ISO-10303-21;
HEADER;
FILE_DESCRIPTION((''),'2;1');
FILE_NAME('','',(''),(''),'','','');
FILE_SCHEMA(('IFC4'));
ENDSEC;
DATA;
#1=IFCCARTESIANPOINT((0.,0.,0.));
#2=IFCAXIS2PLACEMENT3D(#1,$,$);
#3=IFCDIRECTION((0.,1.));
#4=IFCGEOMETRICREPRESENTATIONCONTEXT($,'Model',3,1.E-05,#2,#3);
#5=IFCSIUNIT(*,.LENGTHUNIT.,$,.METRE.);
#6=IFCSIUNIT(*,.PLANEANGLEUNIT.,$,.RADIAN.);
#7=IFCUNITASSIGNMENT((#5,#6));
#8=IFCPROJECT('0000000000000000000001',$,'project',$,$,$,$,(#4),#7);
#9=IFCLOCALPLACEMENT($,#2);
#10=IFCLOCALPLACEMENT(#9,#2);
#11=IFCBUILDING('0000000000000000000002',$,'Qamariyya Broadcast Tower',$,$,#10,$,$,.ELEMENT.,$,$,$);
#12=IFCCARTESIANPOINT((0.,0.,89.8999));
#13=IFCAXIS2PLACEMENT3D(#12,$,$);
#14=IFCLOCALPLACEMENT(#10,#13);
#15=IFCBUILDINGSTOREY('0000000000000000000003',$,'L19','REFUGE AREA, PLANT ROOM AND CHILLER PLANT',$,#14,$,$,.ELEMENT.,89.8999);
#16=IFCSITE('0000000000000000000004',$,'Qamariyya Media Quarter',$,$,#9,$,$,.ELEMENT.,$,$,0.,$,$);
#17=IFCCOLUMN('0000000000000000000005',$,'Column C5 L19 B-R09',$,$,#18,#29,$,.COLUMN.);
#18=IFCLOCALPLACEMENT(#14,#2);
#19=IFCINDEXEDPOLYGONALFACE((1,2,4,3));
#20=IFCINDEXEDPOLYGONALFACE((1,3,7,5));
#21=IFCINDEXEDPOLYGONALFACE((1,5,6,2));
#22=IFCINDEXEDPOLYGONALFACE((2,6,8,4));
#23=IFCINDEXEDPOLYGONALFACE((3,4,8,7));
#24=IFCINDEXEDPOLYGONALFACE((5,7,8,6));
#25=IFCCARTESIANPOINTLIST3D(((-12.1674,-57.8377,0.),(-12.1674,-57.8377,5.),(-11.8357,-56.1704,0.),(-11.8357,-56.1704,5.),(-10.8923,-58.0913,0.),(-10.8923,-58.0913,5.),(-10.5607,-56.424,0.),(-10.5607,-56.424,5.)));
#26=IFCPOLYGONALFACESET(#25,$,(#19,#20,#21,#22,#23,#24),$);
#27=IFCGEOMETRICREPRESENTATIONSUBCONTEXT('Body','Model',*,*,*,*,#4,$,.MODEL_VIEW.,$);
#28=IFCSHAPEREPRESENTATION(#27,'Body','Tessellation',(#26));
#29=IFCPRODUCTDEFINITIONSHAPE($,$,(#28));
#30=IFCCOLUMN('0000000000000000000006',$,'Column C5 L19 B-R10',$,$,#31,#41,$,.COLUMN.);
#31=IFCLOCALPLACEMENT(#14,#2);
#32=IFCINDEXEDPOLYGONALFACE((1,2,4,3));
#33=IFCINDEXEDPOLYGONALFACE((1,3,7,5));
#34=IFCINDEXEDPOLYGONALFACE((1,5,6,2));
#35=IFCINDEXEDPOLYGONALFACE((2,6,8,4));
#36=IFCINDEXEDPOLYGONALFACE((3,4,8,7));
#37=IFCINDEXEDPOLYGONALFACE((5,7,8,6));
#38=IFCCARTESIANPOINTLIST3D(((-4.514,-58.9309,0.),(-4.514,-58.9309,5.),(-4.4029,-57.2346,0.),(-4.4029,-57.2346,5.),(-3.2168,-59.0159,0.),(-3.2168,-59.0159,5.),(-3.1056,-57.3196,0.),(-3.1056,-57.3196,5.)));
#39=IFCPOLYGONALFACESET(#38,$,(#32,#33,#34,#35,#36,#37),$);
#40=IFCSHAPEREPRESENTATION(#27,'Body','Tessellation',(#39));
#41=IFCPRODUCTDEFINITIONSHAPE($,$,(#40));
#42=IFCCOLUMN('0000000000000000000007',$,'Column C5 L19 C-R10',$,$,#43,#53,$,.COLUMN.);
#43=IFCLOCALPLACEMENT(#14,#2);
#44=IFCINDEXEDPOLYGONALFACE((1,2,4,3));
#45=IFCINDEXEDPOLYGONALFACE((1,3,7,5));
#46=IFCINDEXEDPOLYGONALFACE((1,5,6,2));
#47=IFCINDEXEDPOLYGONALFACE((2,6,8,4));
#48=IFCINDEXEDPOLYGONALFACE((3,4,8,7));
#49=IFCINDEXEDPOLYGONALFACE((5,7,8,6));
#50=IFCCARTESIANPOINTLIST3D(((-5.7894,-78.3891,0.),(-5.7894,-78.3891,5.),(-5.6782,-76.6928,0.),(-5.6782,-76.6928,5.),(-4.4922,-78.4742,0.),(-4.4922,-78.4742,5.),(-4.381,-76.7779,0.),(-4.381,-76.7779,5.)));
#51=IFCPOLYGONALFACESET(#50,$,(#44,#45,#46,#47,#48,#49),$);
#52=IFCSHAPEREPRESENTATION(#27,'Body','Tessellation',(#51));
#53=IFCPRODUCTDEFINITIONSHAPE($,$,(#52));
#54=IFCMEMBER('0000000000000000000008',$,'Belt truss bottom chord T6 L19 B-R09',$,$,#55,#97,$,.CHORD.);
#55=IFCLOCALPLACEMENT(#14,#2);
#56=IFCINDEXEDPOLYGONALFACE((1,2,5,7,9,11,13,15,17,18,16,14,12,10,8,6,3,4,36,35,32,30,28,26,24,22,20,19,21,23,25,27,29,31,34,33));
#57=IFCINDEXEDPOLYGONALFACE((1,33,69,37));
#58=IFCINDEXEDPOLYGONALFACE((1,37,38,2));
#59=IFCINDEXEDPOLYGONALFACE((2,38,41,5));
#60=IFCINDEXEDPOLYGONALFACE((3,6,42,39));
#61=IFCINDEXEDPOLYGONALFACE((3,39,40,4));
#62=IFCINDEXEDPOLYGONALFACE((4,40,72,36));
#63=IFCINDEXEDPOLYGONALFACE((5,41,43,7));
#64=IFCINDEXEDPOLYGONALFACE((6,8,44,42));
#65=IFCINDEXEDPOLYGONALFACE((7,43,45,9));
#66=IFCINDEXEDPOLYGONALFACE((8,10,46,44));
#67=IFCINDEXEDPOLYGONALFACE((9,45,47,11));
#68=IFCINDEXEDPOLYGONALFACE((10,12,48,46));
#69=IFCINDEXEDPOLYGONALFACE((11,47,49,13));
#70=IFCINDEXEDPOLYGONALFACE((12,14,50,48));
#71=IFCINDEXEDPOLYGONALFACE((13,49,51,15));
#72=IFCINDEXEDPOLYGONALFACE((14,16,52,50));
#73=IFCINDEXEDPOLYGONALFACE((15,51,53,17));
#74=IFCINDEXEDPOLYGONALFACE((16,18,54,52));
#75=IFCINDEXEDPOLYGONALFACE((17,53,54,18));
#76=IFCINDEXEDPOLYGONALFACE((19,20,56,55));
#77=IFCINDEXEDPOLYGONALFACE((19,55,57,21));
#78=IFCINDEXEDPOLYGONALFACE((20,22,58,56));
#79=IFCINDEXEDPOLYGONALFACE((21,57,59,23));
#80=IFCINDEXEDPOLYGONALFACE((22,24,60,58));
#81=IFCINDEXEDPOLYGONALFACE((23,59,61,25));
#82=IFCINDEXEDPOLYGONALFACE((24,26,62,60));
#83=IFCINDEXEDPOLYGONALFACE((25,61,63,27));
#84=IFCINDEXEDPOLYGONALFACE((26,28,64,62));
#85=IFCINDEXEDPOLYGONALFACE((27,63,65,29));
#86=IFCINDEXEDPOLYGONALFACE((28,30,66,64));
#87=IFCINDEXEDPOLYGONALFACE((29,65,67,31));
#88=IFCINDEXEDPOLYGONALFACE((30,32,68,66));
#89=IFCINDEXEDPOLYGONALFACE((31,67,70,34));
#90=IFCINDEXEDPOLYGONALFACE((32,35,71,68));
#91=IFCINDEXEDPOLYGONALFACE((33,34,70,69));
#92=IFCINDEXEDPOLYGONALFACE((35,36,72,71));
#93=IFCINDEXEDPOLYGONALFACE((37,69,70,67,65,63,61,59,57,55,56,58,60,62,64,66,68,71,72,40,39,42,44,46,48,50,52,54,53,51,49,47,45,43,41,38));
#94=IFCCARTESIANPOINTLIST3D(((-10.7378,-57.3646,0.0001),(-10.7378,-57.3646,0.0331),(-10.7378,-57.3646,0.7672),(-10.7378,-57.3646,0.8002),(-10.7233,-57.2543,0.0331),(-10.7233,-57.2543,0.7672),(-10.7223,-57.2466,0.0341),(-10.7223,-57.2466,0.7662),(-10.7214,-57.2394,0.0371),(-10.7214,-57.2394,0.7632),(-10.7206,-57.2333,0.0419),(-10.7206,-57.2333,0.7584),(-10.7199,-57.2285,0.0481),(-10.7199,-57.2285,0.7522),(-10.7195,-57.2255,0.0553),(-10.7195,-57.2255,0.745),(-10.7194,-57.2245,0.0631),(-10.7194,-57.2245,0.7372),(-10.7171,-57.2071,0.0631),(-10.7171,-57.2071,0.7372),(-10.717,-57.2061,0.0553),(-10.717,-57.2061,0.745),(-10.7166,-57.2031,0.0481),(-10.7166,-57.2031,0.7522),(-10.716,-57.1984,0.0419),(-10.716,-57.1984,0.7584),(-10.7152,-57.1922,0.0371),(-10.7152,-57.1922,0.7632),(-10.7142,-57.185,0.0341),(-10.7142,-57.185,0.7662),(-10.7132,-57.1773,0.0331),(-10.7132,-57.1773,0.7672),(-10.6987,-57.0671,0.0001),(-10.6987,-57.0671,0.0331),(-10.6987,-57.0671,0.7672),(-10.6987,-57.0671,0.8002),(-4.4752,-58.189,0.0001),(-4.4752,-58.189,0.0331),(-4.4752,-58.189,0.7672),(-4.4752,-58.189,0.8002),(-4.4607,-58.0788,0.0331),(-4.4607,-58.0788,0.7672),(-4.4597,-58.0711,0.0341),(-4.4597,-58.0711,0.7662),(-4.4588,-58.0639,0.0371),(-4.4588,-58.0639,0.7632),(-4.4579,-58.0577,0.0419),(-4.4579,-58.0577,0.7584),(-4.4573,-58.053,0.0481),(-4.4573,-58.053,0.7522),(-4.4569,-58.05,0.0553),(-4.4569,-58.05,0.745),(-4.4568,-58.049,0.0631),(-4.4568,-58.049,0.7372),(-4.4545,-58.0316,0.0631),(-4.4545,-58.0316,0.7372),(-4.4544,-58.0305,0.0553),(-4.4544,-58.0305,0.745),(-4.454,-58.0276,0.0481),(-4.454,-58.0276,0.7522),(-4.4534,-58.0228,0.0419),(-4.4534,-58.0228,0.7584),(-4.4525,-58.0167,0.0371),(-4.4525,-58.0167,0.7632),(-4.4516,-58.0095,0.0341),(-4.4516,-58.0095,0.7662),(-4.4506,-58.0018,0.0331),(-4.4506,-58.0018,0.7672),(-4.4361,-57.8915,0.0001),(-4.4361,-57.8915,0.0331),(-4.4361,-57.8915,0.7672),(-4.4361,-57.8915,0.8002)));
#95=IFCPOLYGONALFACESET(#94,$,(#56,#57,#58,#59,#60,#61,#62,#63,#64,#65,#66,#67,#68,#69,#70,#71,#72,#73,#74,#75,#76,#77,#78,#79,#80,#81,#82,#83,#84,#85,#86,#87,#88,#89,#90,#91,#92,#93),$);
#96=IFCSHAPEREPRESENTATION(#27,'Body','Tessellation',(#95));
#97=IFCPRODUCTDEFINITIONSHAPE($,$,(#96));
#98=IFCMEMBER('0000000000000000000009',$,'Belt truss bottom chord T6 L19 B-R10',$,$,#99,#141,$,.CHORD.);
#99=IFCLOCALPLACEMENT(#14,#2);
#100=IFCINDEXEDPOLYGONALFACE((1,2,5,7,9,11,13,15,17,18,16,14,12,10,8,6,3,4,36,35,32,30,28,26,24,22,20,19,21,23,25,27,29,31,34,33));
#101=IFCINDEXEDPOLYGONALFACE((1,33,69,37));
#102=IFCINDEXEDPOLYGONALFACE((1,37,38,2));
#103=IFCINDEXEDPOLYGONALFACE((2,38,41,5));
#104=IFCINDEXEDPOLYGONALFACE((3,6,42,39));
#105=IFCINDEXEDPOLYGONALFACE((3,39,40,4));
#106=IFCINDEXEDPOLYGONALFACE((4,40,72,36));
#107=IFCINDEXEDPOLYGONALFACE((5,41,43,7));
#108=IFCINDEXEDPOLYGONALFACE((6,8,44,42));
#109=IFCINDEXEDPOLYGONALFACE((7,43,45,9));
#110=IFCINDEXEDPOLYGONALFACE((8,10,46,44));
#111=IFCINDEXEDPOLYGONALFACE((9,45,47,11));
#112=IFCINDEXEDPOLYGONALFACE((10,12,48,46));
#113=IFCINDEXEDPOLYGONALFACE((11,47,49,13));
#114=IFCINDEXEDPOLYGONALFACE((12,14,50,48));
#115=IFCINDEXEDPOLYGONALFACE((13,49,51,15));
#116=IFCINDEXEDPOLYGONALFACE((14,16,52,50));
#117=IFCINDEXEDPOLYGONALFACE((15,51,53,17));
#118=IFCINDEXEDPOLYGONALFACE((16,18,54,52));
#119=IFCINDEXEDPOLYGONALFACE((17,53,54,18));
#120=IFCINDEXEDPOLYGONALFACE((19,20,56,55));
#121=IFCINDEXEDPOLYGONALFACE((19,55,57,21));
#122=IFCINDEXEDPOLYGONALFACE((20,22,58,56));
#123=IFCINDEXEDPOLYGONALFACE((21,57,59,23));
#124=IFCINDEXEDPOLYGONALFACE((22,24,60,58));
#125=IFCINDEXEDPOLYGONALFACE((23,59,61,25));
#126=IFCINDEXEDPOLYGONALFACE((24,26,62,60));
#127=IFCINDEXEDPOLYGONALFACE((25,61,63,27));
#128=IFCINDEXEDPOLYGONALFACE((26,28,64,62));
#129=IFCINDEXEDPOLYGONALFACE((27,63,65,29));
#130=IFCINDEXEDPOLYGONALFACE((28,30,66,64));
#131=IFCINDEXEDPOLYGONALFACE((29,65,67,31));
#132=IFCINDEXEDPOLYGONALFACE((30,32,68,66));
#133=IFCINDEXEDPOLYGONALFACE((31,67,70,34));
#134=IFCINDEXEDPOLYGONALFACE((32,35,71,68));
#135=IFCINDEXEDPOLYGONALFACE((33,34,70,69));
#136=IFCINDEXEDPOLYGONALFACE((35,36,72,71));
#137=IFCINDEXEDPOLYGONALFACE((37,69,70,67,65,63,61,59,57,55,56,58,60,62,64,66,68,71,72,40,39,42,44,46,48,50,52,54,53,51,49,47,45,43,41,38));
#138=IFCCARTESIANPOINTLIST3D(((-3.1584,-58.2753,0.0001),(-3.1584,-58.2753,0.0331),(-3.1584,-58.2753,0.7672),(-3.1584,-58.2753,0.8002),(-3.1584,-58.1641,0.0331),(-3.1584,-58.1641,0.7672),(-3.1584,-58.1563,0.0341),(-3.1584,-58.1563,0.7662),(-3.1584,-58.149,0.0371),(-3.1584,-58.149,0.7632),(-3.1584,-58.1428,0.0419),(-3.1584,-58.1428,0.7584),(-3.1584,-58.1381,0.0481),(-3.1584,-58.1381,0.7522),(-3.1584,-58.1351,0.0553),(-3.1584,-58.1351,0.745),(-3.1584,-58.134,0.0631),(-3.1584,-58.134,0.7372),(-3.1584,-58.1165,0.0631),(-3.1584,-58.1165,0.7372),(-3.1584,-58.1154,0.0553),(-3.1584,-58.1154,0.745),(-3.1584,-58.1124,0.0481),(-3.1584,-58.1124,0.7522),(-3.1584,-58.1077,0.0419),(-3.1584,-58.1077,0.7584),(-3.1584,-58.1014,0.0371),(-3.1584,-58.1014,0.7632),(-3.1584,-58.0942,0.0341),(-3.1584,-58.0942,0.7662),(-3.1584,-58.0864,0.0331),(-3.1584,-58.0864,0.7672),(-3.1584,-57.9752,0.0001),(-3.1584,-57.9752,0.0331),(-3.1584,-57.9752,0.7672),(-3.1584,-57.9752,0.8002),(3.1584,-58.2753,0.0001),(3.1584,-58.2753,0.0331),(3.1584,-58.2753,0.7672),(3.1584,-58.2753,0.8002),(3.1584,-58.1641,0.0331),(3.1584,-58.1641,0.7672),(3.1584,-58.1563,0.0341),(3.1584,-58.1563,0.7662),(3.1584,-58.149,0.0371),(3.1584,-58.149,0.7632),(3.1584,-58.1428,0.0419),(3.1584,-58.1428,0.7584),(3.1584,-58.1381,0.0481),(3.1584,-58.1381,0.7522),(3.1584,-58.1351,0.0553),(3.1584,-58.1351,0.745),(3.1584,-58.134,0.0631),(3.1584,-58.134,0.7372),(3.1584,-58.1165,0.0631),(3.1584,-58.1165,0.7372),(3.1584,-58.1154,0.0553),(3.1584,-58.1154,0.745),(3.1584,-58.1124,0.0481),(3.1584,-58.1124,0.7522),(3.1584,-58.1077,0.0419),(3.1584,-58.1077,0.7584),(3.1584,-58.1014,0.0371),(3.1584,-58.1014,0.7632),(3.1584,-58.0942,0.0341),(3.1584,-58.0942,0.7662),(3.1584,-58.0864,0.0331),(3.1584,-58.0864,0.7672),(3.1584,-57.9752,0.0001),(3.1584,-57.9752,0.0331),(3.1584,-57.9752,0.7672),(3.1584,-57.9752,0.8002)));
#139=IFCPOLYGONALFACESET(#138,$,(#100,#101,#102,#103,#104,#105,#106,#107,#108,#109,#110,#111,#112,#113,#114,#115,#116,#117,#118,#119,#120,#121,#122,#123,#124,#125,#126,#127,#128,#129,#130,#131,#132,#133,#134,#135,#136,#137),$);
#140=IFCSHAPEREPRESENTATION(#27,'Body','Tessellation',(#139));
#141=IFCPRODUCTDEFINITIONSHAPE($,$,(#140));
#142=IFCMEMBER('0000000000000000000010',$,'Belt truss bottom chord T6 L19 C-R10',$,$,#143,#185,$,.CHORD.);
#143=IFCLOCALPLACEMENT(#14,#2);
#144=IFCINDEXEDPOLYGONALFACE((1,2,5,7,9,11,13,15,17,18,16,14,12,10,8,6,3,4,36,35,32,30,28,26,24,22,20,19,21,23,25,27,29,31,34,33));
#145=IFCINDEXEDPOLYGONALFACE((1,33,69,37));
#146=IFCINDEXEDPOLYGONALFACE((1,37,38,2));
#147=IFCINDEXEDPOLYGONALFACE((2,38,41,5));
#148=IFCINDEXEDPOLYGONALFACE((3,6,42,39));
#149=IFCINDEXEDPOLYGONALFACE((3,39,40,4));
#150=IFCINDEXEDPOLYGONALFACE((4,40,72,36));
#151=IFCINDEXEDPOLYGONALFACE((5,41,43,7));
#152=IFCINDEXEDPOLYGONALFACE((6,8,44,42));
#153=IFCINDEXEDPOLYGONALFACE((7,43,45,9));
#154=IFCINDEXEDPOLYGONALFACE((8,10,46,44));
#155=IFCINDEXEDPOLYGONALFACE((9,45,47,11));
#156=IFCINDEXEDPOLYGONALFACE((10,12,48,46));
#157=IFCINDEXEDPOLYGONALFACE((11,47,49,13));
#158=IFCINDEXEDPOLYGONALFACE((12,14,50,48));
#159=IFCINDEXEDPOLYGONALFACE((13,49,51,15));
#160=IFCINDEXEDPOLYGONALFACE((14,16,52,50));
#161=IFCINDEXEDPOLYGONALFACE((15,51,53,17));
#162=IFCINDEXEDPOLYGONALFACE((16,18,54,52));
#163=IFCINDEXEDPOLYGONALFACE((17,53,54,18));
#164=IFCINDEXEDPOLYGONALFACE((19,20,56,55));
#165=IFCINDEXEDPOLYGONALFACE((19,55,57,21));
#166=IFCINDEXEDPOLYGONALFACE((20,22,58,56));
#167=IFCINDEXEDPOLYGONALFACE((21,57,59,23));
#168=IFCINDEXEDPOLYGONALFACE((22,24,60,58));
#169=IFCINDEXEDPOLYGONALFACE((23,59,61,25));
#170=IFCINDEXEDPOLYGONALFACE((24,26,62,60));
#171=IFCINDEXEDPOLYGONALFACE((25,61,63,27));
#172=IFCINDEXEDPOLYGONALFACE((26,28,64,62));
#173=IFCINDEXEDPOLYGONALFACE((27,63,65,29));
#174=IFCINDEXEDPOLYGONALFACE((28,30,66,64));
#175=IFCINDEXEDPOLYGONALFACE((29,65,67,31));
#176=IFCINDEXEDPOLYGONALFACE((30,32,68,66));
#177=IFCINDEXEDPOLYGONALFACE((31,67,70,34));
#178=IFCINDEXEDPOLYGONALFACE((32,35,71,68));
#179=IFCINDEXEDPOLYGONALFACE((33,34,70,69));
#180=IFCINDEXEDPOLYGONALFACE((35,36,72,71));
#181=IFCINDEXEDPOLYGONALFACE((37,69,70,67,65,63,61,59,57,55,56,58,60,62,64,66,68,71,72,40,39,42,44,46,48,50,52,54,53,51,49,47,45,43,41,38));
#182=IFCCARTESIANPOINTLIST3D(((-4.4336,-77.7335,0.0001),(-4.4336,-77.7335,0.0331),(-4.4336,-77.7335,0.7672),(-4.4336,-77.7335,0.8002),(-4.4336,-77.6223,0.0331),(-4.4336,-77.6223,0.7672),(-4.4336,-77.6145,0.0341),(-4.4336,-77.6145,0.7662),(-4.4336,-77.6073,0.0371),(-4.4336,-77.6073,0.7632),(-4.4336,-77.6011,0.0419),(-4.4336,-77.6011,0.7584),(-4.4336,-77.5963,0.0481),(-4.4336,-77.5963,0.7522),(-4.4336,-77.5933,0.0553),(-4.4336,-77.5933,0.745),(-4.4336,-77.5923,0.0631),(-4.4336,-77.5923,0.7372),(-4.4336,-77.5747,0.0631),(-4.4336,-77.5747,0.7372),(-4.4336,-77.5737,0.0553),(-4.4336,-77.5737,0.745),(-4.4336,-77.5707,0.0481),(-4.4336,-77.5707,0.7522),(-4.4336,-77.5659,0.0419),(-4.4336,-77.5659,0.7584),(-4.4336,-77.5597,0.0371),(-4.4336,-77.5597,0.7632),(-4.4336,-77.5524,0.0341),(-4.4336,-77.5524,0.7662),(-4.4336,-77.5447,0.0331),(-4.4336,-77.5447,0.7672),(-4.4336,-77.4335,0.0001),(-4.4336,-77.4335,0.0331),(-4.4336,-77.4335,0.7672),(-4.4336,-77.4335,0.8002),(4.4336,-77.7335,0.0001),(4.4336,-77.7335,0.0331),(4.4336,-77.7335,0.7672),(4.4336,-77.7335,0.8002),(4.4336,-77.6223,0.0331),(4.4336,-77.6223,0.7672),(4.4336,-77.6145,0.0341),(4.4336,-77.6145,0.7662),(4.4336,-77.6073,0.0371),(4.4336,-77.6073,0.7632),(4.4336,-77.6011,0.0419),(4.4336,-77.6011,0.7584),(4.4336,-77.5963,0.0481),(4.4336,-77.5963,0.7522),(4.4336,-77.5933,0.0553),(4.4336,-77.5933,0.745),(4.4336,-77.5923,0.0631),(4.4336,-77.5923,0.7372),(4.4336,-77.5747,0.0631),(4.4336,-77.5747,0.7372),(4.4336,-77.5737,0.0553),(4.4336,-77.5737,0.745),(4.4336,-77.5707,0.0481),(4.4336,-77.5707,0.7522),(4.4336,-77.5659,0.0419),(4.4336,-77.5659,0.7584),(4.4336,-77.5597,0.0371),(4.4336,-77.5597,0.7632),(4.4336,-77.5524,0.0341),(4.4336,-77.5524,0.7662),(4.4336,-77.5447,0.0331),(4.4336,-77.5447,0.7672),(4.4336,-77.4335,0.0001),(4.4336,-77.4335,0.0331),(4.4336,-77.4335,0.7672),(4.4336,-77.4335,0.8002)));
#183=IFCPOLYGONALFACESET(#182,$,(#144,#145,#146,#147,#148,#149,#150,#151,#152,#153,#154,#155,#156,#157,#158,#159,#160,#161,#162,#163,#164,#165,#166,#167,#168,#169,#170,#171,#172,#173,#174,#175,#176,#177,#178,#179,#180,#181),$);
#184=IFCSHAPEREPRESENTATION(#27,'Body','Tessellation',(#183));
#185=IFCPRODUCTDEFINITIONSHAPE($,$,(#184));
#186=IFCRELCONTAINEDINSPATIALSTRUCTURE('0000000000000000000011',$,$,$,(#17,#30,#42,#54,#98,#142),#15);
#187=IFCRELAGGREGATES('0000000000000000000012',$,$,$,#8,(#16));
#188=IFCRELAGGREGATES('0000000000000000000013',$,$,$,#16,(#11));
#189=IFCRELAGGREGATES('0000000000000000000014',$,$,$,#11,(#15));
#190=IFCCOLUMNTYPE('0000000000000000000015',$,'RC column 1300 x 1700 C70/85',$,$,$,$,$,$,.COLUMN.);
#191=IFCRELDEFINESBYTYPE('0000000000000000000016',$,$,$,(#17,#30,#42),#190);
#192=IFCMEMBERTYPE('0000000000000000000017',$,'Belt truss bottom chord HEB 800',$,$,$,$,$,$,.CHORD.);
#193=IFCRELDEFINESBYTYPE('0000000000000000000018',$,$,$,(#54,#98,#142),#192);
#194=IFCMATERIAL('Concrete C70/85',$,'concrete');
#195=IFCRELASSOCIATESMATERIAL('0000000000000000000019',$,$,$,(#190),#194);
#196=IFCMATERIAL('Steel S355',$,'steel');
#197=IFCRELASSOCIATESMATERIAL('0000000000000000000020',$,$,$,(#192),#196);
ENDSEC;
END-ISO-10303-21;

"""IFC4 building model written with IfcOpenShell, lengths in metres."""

from ifc_helpers import new_model, si_unit, direction, frame, origin, origin_2d, place, context, subcontext, project, spatial, rectangle, i_section, extrude, material, material_profile, profile_set, type_object, element, save


model = new_model("IFC4")

# Units and contexts
model_context = context("Model", 3, precision=1e-05, world=origin(), true_north=direction((0.0, 1.0)))
body_context = subcontext(model_context, "Body", "Model", "MODEL_VIEW")
ifc_project = project(units=[si_unit("LENGTHUNIT", "METRE"), si_unit("PLANEANGLEUNIT", "RADIAN")], contexts=[model_context])

# Site, building, storey
site_placement = place(None, origin())
site = spatial("IfcSite", under=ifc_project, at=site_placement, Name="Qamariyya Media Quarter", CompositionType="ELEMENT", RefElevation=0.0)
building_placement = place(site_placement, origin())
building = spatial("IfcBuilding", under=site, at=building_placement, Name="Qamariyya Broadcast Tower", CompositionType="ELEMENT")
storey_placement = place(building_placement, frame((0.0, 0.0, 89.8999)))
storey = spatial("IfcBuildingStorey", under=building, at=storey_placement, Name="L19", Description="REFUGE AREA, PLANT ROOM AND CHILLER PLANT", CompositionType="ELEMENT", Elevation=89.8999)

# Columns
ifc_material_1 = material(Name="Concrete C70/85", Category="concrete")
ifc_material_profile_1 = material_profile(ifc_material_1, rectangle(XDim=1.3, YDim=1.7, at=origin_2d()))
ifc_profile_set_1 = profile_set([ifc_material_profile_1], Name="Concrete C70/85")
column_type = type_object("IfcColumnType", Name="RC column 1300 x 1700 C70/85", PredefinedType="COLUMN", material=ifc_profile_set_1)
for number, where, z_axis, x_axis, name in (
    (1, (-11.364, -57.1309, 0.0), (0.0, 0.0, 1.0), (0.980785, -0.19509, 0.0), "Column C5 L19 B-R09"),
    (2, (-3.8098, -58.1252, 0.0), (0.0, 0.0, 1.0), (0.997859, -0.065403, 0.0), "Column C5 L19 B-R10"),
    (3, (-5.0852, -77.5835, 0.0), (0.0, 0.0, 1.0), (0.997859, -0.065403, 0.0), "Column C5 L19 C-R10"),
):
    element("IfcColumn", number, at=place(storey_placement, frame(where, z_axis=z_axis, x_axis=x_axis)), inside=storey, type_object=column_type, Name=name, PredefinedType="COLUMN", context=body_context, shape_type="SweptSolid", body=[
        extrude(rectangle(XDim=1.3, YDim=1.7, at=origin_2d()), origin(), (0.0, 0.0, 1.0), 5.0),
    ])

# Members
ifc_material_2 = material(Name="Steel S355", Category="steel")
ifc_material_profile_2 = material_profile(ifc_material_2, i_section(OverallWidth=0.3, OverallDepth=0.8, WebThickness=0.0176, FlangeThickness=0.033, FilletRadius=0.03, at=origin_2d()))
ifc_profile_set_2 = profile_set([ifc_material_profile_2], Name="Steel S355")
member_type_1 = type_object("IfcMemberType", Name="Belt truss bottom chord HEB 800", PredefinedType="CHORD", material=ifc_profile_set_2)
member_1_placement = place(storey_placement, frame((-10.7183, -57.2158, 0.4001), z_axis=(0.991446, -0.13052, 0.0), x_axis=(0.13052, 0.991446, 0.0)))
element("IfcMember", 4, at=member_1_placement, inside=storey, type_object=member_type_1, Name="Belt truss bottom chord T6 L19 B-R09", PredefinedType="CHORD", context=body_context, shape_type="SweptSolid", body=[
    extrude(i_section(OverallWidth=0.3, OverallDepth=0.8, WebThickness=0.0176, FlangeThickness=0.033, FilletRadius=0.03, at=origin_2d()), origin(), (0.0, 0.0, 1.0), 6.3167),
])
member_2_placement = place(storey_placement, frame((-3.1584, -58.1252, 0.4001), z_axis=(1.0, 0.0, 0.0), x_axis=(0.0, 1.0, 0.0)))
element("IfcMember", 5, at=member_2_placement, inside=storey, type_object=member_type_1, Name="Belt truss bottom chord T6 L19 B-R10", PredefinedType="CHORD", context=body_context, shape_type="SweptSolid", body=[
    extrude(i_section(OverallWidth=0.3, OverallDepth=0.8, WebThickness=0.0176, FlangeThickness=0.033, FilletRadius=0.03, at=origin_2d()), origin(), (0.0, 0.0, 1.0), 6.3169),
])
member_3_placement = place(storey_placement, frame((-4.4336, -77.5835, 0.4001), z_axis=(1.0, 0.0, 0.0), x_axis=(0.0, 1.0, 0.0)))
element("IfcMember", 6, at=member_3_placement, inside=storey, type_object=member_type_1, Name="Belt truss bottom chord T6 L19 C-R10", PredefinedType="CHORD", context=body_context, shape_type="SweptSolid", body=[
    extrude(i_section(OverallWidth=0.3, OverallDepth=0.8, WebThickness=0.0176, FlangeThickness=0.033, FilletRadius=0.03, at=origin_2d()), origin(), (0.0, 0.0, 1.0), 8.8672),
])

save(model, "model.ifc")
